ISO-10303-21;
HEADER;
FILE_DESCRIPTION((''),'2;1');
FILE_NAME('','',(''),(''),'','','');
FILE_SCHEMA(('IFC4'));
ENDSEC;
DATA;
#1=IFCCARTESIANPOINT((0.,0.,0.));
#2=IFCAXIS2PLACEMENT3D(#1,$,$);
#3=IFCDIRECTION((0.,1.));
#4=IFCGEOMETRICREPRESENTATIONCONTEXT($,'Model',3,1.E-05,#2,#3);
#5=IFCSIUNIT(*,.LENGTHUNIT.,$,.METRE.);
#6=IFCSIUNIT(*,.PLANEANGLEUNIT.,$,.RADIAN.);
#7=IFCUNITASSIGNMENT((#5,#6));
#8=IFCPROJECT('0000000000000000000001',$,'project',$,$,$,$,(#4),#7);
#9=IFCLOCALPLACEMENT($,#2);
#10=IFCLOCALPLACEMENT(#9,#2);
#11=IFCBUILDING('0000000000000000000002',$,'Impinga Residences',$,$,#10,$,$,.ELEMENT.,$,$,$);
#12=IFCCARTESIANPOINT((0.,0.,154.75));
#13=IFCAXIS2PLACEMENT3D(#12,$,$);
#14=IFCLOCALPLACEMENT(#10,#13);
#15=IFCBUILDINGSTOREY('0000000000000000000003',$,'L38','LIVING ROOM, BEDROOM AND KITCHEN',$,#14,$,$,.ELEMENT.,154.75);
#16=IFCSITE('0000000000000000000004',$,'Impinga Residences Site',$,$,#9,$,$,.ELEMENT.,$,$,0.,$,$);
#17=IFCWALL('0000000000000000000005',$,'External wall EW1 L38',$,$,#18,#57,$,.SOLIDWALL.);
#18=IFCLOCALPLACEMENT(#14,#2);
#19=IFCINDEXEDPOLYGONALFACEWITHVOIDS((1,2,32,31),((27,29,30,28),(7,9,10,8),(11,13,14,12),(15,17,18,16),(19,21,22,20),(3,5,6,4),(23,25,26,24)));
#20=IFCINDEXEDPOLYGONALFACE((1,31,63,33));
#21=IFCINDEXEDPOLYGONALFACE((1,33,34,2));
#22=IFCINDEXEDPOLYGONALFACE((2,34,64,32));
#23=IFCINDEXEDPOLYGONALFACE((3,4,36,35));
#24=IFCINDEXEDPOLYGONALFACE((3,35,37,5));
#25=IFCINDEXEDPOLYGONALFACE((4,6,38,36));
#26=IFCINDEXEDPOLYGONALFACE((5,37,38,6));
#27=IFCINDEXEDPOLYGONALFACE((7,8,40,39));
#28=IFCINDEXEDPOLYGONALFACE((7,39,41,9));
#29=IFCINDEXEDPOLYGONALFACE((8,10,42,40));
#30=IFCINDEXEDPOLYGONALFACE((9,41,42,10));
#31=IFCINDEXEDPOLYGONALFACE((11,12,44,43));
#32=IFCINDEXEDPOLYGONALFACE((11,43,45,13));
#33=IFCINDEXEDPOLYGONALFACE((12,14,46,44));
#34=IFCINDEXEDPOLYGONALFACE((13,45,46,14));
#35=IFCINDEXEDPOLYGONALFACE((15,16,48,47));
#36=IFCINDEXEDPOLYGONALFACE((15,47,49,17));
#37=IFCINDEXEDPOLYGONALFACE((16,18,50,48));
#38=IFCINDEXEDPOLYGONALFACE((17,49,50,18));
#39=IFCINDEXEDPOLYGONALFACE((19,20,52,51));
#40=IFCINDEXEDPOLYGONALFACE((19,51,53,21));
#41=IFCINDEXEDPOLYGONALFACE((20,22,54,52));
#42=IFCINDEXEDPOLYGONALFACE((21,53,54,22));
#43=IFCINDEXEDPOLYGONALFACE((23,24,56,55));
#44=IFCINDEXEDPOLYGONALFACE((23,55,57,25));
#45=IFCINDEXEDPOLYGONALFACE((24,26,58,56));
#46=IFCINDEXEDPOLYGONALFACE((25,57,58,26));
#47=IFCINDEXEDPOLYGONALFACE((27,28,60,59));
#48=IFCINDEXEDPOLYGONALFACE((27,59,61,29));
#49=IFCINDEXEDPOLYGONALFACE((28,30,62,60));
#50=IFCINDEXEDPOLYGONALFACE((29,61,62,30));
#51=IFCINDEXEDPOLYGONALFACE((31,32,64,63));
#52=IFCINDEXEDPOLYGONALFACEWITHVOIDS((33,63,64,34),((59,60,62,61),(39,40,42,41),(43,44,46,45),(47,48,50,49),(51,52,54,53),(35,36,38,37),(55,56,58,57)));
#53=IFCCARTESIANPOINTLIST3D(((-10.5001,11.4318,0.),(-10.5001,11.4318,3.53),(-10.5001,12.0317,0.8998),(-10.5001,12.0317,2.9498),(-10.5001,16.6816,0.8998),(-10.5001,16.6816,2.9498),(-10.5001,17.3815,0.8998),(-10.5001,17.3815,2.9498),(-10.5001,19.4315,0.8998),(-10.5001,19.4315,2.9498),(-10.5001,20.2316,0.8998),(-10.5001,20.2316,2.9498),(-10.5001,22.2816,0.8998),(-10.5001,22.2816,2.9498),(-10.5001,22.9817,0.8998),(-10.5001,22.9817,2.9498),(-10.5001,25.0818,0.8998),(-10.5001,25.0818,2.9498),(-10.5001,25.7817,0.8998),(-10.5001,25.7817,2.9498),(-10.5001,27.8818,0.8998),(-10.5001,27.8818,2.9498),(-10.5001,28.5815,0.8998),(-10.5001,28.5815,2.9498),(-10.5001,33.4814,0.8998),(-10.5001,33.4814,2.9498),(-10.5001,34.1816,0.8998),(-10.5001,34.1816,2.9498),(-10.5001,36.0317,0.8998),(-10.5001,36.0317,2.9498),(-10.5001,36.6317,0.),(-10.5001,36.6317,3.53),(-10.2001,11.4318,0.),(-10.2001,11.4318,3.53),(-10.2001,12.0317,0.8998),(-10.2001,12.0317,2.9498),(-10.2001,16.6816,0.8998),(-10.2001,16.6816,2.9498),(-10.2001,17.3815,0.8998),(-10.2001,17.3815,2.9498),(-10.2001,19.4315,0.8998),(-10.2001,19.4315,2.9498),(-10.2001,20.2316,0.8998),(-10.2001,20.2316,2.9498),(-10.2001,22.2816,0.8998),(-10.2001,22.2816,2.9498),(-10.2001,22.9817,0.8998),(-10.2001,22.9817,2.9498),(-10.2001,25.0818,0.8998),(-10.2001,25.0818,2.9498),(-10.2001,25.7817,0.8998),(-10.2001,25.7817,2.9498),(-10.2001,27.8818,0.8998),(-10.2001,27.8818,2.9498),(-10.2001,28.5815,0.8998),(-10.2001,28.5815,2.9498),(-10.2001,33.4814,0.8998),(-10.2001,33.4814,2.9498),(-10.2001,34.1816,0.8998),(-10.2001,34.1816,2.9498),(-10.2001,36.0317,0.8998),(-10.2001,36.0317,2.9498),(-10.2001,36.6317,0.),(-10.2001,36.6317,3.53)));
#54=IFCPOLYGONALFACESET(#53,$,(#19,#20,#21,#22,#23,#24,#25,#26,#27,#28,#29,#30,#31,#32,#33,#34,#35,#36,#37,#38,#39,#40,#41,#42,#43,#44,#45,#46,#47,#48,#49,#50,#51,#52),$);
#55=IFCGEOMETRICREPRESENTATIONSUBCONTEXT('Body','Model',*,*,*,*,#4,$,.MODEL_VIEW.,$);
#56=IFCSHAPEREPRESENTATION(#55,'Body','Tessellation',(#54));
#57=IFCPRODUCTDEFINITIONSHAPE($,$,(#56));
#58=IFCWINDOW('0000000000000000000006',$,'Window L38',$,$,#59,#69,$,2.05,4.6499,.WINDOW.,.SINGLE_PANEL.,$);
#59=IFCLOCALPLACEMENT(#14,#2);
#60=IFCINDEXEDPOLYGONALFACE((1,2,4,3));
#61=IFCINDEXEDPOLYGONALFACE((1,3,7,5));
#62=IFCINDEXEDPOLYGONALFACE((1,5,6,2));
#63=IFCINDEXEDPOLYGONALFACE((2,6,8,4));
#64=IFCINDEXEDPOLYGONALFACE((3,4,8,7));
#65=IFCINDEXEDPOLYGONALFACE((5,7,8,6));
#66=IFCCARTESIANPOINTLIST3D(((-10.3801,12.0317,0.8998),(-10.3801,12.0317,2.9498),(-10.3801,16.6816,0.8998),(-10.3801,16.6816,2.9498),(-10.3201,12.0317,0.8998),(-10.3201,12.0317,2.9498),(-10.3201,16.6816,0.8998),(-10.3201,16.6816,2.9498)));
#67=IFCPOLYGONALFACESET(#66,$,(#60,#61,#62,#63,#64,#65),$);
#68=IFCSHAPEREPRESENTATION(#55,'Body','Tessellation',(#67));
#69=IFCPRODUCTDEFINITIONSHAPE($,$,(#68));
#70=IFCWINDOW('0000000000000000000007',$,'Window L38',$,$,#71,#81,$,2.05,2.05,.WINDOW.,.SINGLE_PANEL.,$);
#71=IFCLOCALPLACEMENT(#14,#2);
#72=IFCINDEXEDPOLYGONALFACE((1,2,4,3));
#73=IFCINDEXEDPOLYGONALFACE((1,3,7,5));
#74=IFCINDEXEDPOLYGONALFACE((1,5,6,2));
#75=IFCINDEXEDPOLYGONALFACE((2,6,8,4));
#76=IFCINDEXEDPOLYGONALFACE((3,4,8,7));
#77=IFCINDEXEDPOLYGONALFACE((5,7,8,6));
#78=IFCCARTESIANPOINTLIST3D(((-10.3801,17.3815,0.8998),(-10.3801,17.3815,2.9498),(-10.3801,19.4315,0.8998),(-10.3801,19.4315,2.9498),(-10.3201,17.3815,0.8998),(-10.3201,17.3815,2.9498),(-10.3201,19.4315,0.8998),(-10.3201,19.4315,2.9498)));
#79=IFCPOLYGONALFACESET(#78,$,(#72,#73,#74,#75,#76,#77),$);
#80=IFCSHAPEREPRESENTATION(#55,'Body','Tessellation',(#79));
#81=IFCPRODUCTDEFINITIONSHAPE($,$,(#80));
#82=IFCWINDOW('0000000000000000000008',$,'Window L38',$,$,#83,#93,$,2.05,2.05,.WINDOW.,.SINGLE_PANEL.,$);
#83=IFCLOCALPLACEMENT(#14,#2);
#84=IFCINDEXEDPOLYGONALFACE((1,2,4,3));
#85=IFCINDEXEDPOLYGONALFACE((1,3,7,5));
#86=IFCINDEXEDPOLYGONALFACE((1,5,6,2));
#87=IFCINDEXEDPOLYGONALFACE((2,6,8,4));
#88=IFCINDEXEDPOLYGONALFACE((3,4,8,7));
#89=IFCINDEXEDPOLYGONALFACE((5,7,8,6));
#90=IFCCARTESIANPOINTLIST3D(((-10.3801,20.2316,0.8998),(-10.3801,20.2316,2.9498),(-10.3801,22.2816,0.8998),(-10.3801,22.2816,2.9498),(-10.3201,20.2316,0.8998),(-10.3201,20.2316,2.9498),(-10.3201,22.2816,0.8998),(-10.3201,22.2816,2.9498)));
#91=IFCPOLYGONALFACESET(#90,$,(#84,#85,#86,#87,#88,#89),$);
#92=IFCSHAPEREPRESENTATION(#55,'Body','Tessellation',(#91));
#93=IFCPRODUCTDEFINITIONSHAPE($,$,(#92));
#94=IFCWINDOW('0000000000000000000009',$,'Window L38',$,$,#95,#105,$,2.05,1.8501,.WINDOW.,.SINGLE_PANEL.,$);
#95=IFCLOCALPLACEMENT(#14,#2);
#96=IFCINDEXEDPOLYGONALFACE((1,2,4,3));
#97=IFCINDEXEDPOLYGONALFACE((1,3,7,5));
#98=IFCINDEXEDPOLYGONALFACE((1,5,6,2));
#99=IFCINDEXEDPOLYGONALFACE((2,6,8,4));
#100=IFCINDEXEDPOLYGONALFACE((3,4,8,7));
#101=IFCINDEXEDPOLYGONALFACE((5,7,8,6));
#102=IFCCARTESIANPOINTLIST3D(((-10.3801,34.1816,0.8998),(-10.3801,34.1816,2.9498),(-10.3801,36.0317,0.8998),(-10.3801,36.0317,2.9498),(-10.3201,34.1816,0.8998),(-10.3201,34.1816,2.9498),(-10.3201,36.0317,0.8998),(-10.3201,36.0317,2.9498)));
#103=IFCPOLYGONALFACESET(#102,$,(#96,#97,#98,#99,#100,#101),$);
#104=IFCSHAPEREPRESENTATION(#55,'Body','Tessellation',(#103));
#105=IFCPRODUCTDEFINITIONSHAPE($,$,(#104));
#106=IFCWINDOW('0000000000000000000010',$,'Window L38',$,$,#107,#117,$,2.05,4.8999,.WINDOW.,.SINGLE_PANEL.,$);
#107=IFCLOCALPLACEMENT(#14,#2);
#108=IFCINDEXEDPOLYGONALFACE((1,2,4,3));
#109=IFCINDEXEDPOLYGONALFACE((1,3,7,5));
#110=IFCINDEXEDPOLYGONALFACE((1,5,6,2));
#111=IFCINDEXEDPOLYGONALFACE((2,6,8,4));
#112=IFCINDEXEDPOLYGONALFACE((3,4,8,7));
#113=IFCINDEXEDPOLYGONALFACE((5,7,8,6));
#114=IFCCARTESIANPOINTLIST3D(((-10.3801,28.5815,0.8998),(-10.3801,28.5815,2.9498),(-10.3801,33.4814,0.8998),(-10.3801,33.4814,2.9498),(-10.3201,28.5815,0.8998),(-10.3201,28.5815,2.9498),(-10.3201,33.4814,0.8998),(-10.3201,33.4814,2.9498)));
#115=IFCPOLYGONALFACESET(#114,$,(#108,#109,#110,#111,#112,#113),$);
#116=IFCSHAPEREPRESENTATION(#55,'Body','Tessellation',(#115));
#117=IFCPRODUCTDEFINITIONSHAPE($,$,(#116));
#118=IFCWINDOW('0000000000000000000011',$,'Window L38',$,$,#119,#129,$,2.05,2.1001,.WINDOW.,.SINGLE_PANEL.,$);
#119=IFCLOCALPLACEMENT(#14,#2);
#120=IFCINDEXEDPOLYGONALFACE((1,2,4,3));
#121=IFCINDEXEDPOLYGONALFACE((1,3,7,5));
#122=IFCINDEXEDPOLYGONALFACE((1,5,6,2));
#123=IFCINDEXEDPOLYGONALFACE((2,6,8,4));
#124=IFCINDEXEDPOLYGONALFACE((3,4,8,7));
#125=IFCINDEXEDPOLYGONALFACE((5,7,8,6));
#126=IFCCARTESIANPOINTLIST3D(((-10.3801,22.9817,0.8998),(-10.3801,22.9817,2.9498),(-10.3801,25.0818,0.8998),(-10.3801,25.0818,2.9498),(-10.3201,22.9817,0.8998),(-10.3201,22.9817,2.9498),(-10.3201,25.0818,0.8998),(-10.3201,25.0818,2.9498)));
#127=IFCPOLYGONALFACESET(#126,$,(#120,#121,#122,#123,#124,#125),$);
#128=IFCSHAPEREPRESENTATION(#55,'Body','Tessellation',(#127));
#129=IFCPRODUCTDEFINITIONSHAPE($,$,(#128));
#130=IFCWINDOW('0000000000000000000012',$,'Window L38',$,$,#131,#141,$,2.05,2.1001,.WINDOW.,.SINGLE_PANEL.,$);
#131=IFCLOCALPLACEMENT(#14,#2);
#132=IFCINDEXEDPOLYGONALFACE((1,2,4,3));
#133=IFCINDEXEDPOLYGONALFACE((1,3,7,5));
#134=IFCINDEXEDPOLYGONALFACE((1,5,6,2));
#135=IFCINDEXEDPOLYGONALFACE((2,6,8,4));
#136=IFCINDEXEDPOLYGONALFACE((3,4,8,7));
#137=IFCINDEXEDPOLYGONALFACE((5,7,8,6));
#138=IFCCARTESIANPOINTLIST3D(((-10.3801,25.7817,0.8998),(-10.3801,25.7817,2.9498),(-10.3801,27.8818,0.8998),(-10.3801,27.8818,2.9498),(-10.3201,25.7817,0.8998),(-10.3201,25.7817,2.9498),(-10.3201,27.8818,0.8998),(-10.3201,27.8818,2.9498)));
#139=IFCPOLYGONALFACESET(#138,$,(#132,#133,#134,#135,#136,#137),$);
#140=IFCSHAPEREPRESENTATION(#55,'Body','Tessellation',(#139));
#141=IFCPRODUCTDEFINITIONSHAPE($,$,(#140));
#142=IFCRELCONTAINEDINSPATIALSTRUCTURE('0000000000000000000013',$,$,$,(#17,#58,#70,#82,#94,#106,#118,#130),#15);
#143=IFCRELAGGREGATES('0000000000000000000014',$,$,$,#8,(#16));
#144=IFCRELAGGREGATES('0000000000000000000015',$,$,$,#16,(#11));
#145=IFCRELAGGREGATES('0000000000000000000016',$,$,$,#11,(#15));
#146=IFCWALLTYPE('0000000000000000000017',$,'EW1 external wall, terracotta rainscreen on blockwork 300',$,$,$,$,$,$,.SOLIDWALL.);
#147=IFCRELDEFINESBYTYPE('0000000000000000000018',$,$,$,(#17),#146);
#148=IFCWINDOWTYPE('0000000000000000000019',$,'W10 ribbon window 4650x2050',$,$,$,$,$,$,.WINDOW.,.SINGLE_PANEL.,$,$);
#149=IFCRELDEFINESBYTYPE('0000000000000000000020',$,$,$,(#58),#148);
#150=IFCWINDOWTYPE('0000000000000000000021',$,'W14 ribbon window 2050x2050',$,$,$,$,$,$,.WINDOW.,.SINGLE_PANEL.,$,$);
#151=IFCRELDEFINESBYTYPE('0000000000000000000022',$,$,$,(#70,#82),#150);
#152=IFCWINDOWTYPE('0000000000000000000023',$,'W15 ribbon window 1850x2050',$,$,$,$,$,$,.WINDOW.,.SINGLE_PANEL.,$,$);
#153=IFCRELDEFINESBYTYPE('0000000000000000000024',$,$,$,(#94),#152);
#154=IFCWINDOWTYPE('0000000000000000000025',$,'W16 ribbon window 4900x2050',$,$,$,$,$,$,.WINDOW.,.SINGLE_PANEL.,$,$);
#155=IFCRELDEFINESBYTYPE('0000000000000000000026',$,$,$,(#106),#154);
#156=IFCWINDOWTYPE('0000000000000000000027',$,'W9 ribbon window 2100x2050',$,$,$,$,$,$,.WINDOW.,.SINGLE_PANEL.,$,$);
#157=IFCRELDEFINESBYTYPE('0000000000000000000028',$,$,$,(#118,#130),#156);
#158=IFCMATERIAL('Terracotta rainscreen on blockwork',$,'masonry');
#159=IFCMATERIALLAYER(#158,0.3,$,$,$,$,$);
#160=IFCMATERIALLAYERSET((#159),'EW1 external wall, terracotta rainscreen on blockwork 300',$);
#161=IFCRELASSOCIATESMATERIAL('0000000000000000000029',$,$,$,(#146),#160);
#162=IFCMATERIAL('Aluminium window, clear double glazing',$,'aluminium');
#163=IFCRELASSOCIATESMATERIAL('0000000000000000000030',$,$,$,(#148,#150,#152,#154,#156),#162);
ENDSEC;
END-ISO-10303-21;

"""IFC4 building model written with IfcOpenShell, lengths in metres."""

from ifc_helpers import new_model, si_unit, direction, frame, frame_2d, origin, place, context, subcontext, project, spatial, rectangle, extrude, material, layer, layer_set, type_object, element, fill, save


model = new_model("IFC4")

# Units and contexts
model_context = context("Model", 3, precision=1e-05, world=origin(), true_north=direction((0.0, 1.0)))
body_context = subcontext(model_context, "Body", "Model", "MODEL_VIEW")
ifc_project = project(units=[si_unit("LENGTHUNIT", "METRE"), si_unit("PLANEANGLEUNIT", "RADIAN")], contexts=[model_context])

# Site, building, storey
site_placement = place(None, origin())
site = spatial("IfcSite", under=ifc_project, at=site_placement, Name="Impinga Residences Site", CompositionType="ELEMENT", RefElevation=0.0)
building_placement = place(site_placement, origin())
building = spatial("IfcBuilding", under=site, at=building_placement, Name="Impinga Residences", CompositionType="ELEMENT")
storey_placement = place(building_placement, frame((0.0, 0.0, 154.75)))
storey = spatial("IfcBuildingStorey", under=building, at=storey_placement, Name="L38", Description="LIVING ROOM, BEDROOM AND KITCHEN", CompositionType="ELEMENT", Elevation=154.75)

# Shared definitions
ifc_material_1 = material(Name="Terracotta rainscreen on blockwork", Category="masonry")
ifc_layer_1 = layer(ifc_material_1, 0.3)
ifc_layer_set_1 = layer_set([ifc_layer_1], Name="EW1 external wall, terracotta rainscreen on blockwork 300")
wall_type_1 = type_object("IfcWallType", Name="EW1 external wall, terracotta rainscreen on blockwork 300", PredefinedType="SOLIDWALL", material=ifc_layer_set_1)

# Wall, openings, windows
wall_1_placement = place(storey_placement, frame((-10.3501, 11.4316, 0.0), z_axis=(0.0, 0.0, 1.0), x_axis=(0.0, 1.0, 0.0)))
wall_1 = element("IfcWall", 1, at=wall_1_placement, inside=storey, type_object=wall_type_1, Name="External wall EW1 L38", PredefinedType="SOLIDWALL", context=body_context, shape_type="SweptSolid", body=[
    extrude(rectangle(XDim=25.2, YDim=0.3, at=frame_2d((12.6001, 0.0))), origin(), (0.0, 0.0, 1.0), 3.53),
])
opening_1_placement = place(wall_1_placement, frame((0.6001, 0.0, 0.8999)))
opening_1 = element("IfcOpeningElement", 2, at=opening_1_placement, cuts=wall_1, PredefinedType="OPENING", context=body_context, shape_type="SweptSolid", body=[
    extrude(rectangle(XDim=4.6499, YDim=2.05, at=frame_2d((2.325, 1.0249))), frame((0.0, 0.1599, 0.0), z_axis=(0.0, -1.0, 0.0), x_axis=(1.0, 0.0, 0.0)), (0.0, 0.0, 1.0), 0.3201),
])
opening_2_placement = place(wall_1_placement, frame((5.95, 0.0, 0.8999)))
opening_2 = element("IfcOpeningElement", 3, at=opening_2_placement, cuts=wall_1, PredefinedType="OPENING", context=body_context, shape_type="SweptSolid", body=[
    extrude(rectangle(XDim=2.05, YDim=2.05, at=frame_2d((1.0249, 1.0249))), frame((0.0, 0.1599, 0.0), z_axis=(0.0, -1.0, 0.0), x_axis=(1.0, 0.0, 0.0)), (0.0, 0.0, 1.0), 0.3201),
])
opening_3_placement = place(wall_1_placement, frame((8.8, 0.0, 0.8999)))
opening_3 = element("IfcOpeningElement", 4, at=opening_3_placement, cuts=wall_1, PredefinedType="OPENING", context=body_context, shape_type="SweptSolid", body=[
    extrude(rectangle(XDim=2.05, YDim=2.05, at=frame_2d((1.0249, 1.0249))), frame((0.0, 0.1599, 0.0), z_axis=(0.0, -1.0, 0.0), x_axis=(1.0, 0.0, 0.0)), (0.0, 0.0, 1.0), 0.3201),
])
opening_4_placement = place(wall_1_placement, frame((11.55, 0.0, 0.8999)))
opening_4 = element("IfcOpeningElement", 5, at=opening_4_placement, cuts=wall_1, PredefinedType="OPENING", context=body_context, shape_type="SweptSolid", body=[
    extrude(rectangle(XDim=2.1001, YDim=2.05, at=frame_2d((1.05, 1.0249))), frame((0.0, 0.1599, 0.0), z_axis=(0.0, -1.0, 0.0), x_axis=(1.0, 0.0, 0.0)), (0.0, 0.0, 1.0), 0.3201),
])
opening_5_placement = place(wall_1_placement, frame((14.3501, 0.0, 0.8999)))
opening_5 = element("IfcOpeningElement", 6, at=opening_5_placement, cuts=wall_1, PredefinedType="OPENING", context=body_context, shape_type="SweptSolid", body=[
    extrude(rectangle(XDim=2.1001, YDim=2.05, at=frame_2d((1.05, 1.0249))), frame((0.0, 0.1599, 0.0), z_axis=(0.0, -1.0, 0.0), x_axis=(1.0, 0.0, 0.0)), (0.0, 0.0, 1.0), 0.3201),
])
opening_6_placement = place(wall_1_placement, frame((17.1499, 0.0, 0.8999)))
opening_6 = element("IfcOpeningElement", 7, at=opening_6_placement, cuts=wall_1, PredefinedType="OPENING", context=body_context, shape_type="SweptSolid", body=[
    extrude(rectangle(XDim=4.8999, YDim=2.05, at=frame_2d((2.45, 1.0249))), frame((0.0, 0.1599, 0.0), z_axis=(0.0, -1.0, 0.0), x_axis=(1.0, 0.0, 0.0)), (0.0, 0.0, 1.0), 0.3201),
])
opening_7_placement = place(wall_1_placement, frame((22.75, 0.0, 0.8999)))
opening_7 = element("IfcOpeningElement", 8, at=opening_7_placement, cuts=wall_1, PredefinedType="OPENING", context=body_context, shape_type="SweptSolid", body=[
    extrude(rectangle(XDim=1.8501, YDim=2.05, at=frame_2d((0.925, 1.0249))), frame((0.0, 0.1599, 0.0), z_axis=(0.0, -1.0, 0.0), x_axis=(1.0, 0.0, 0.0)), (0.0, 0.0, 1.0), 0.3201),
])
ifc_material_2 = material(Name="Aluminium window, clear double glazing", Category="aluminium")
window_type_1 = type_object("IfcWindowType", Name="W10 ribbon window 4650x2050", PartitioningType="SINGLE_PANEL", PredefinedType="WINDOW", material=ifc_material_2)
window_1_placement = place(opening_1_placement, origin())
window_1 = element("IfcWindow", 9, at=window_1_placement, inside=storey, type_object=window_type_1, Name="Window L38", OverallHeight=2.05, OverallWidth=4.6499, PartitioningType="SINGLE_PANEL", PredefinedType="WINDOW", context=body_context, shape_type="SweptSolid", body=[
    extrude(rectangle(XDim=4.6499, YDim=2.05, at=frame_2d((2.325, 1.0249))), frame((0.0, 0.03, 0.0), z_axis=(0.0, -1.0, 0.0), x_axis=(1.0, 0.0, 0.0)), (0.0, 0.0, 1.0), 0.0601),
])
fill(opening_1, window_1)
window_type_2 = type_object("IfcWindowType", Name="W14 ribbon window 2050x2050", PartitioningType="SINGLE_PANEL", PredefinedType="WINDOW", material=ifc_material_2)
window_2_placement = place(opening_2_placement, origin())
window_2 = element("IfcWindow", 10, at=window_2_placement, inside=storey, type_object=window_type_2, Name="Window L38", OverallHeight=2.05, OverallWidth=2.05, PartitioningType="SINGLE_PANEL", PredefinedType="WINDOW", context=body_context, shape_type="SweptSolid", body=[
    extrude(rectangle(XDim=2.05, YDim=2.05, at=frame_2d((1.0249, 1.0249))), frame((0.0, 0.03, 0.0), z_axis=(0.0, -1.0, 0.0), x_axis=(1.0, 0.0, 0.0)), (0.0, 0.0, 1.0), 0.0601),
])
fill(opening_2, window_2)
window_3_placement = place(opening_3_placement, origin())
window_3 = element("IfcWindow", 11, at=window_3_placement, inside=storey, type_object=window_type_2, Name="Window L38", OverallHeight=2.05, OverallWidth=2.05, PartitioningType="SINGLE_PANEL", PredefinedType="WINDOW", context=body_context, shape_type="SweptSolid", body=[
    extrude(rectangle(XDim=2.05, YDim=2.05, at=frame_2d((1.0249, 1.0249))), frame((0.0, 0.03, 0.0), z_axis=(0.0, -1.0, 0.0), x_axis=(1.0, 0.0, 0.0)), (0.0, 0.0, 1.0), 0.0601),
])
fill(opening_3, window_3)
window_type_3 = type_object("IfcWindowType", Name="W15 ribbon window 1850x2050", PartitioningType="SINGLE_PANEL", PredefinedType="WINDOW", material=ifc_material_2)
window_4_placement = place(opening_7_placement, origin())
window_4 = element("IfcWindow", 12, at=window_4_placement, inside=storey, type_object=window_type_3, Name="Window L38", OverallHeight=2.05, OverallWidth=1.8501, PartitioningType="SINGLE_PANEL", PredefinedType="WINDOW", context=body_context, shape_type="SweptSolid", body=[
    extrude(rectangle(XDim=1.8501, YDim=2.05, at=frame_2d((0.925, 1.0249))), frame((0.0, 0.03, 0.0), z_axis=(0.0, -1.0, 0.0), x_axis=(1.0, 0.0, 0.0)), (0.0, 0.0, 1.0), 0.0601),
])
fill(opening_7, window_4)
window_type_4 = type_object("IfcWindowType", Name="W16 ribbon window 4900x2050", PartitioningType="SINGLE_PANEL", PredefinedType="WINDOW", material=ifc_material_2)
window_5_placement = place(opening_6_placement, origin())
window_5 = element("IfcWindow", 13, at=window_5_placement, inside=storey, type_object=window_type_4, Name="Window L38", OverallHeight=2.05, OverallWidth=4.8999, PartitioningType="SINGLE_PANEL", PredefinedType="WINDOW", context=body_context, shape_type="SweptSolid", body=[
    extrude(rectangle(XDim=4.8999, YDim=2.05, at=frame_2d((2.45, 1.0249))), frame((0.0, 0.03, 0.0), z_axis=(0.0, -1.0, 0.0), x_axis=(1.0, 0.0, 0.0)), (0.0, 0.0, 1.0), 0.0601),
])
fill(opening_6, window_5)
window_type_5 = type_object("IfcWindowType", Name="W9 ribbon window 2100x2050", PartitioningType="SINGLE_PANEL", PredefinedType="WINDOW", material=ifc_material_2)
window_6_placement = place(opening_4_placement, origin())
window_6 = element("IfcWindow", 14, at=window_6_placement, inside=storey, type_object=window_type_5, Name="Window L38", OverallHeight=2.05, OverallWidth=2.1001, PartitioningType="SINGLE_PANEL", PredefinedType="WINDOW", context=body_context, shape_type="SweptSolid", body=[
    extrude(rectangle(XDim=2.1001, YDim=2.05, at=frame_2d((1.05, 1.0249))), frame((0.0, 0.03, 0.0), z_axis=(0.0, -1.0, 0.0), x_axis=(1.0, 0.0, 0.0)), (0.0, 0.0, 1.0), 0.0601),
])
fill(opening_4, window_6)
window_7_placement = place(opening_5_placement, origin())
window_7 = element("IfcWindow", 15, at=window_7_placement, inside=storey, type_object=window_type_5, Name="Window L38", OverallHeight=2.05, OverallWidth=2.1001, PartitioningType="SINGLE_PANEL", PredefinedType="WINDOW", context=body_context, shape_type="SweptSolid", body=[
    extrude(rectangle(XDim=2.1001, YDim=2.05, at=frame_2d((1.05, 1.0249))), frame((0.0, 0.03, 0.0), z_axis=(0.0, -1.0, 0.0), x_axis=(1.0, 0.0, 0.0)), (0.0, 0.0, 1.0), 0.0601),
])
fill(opening_5, window_7)

save(model, "model.ifc")
